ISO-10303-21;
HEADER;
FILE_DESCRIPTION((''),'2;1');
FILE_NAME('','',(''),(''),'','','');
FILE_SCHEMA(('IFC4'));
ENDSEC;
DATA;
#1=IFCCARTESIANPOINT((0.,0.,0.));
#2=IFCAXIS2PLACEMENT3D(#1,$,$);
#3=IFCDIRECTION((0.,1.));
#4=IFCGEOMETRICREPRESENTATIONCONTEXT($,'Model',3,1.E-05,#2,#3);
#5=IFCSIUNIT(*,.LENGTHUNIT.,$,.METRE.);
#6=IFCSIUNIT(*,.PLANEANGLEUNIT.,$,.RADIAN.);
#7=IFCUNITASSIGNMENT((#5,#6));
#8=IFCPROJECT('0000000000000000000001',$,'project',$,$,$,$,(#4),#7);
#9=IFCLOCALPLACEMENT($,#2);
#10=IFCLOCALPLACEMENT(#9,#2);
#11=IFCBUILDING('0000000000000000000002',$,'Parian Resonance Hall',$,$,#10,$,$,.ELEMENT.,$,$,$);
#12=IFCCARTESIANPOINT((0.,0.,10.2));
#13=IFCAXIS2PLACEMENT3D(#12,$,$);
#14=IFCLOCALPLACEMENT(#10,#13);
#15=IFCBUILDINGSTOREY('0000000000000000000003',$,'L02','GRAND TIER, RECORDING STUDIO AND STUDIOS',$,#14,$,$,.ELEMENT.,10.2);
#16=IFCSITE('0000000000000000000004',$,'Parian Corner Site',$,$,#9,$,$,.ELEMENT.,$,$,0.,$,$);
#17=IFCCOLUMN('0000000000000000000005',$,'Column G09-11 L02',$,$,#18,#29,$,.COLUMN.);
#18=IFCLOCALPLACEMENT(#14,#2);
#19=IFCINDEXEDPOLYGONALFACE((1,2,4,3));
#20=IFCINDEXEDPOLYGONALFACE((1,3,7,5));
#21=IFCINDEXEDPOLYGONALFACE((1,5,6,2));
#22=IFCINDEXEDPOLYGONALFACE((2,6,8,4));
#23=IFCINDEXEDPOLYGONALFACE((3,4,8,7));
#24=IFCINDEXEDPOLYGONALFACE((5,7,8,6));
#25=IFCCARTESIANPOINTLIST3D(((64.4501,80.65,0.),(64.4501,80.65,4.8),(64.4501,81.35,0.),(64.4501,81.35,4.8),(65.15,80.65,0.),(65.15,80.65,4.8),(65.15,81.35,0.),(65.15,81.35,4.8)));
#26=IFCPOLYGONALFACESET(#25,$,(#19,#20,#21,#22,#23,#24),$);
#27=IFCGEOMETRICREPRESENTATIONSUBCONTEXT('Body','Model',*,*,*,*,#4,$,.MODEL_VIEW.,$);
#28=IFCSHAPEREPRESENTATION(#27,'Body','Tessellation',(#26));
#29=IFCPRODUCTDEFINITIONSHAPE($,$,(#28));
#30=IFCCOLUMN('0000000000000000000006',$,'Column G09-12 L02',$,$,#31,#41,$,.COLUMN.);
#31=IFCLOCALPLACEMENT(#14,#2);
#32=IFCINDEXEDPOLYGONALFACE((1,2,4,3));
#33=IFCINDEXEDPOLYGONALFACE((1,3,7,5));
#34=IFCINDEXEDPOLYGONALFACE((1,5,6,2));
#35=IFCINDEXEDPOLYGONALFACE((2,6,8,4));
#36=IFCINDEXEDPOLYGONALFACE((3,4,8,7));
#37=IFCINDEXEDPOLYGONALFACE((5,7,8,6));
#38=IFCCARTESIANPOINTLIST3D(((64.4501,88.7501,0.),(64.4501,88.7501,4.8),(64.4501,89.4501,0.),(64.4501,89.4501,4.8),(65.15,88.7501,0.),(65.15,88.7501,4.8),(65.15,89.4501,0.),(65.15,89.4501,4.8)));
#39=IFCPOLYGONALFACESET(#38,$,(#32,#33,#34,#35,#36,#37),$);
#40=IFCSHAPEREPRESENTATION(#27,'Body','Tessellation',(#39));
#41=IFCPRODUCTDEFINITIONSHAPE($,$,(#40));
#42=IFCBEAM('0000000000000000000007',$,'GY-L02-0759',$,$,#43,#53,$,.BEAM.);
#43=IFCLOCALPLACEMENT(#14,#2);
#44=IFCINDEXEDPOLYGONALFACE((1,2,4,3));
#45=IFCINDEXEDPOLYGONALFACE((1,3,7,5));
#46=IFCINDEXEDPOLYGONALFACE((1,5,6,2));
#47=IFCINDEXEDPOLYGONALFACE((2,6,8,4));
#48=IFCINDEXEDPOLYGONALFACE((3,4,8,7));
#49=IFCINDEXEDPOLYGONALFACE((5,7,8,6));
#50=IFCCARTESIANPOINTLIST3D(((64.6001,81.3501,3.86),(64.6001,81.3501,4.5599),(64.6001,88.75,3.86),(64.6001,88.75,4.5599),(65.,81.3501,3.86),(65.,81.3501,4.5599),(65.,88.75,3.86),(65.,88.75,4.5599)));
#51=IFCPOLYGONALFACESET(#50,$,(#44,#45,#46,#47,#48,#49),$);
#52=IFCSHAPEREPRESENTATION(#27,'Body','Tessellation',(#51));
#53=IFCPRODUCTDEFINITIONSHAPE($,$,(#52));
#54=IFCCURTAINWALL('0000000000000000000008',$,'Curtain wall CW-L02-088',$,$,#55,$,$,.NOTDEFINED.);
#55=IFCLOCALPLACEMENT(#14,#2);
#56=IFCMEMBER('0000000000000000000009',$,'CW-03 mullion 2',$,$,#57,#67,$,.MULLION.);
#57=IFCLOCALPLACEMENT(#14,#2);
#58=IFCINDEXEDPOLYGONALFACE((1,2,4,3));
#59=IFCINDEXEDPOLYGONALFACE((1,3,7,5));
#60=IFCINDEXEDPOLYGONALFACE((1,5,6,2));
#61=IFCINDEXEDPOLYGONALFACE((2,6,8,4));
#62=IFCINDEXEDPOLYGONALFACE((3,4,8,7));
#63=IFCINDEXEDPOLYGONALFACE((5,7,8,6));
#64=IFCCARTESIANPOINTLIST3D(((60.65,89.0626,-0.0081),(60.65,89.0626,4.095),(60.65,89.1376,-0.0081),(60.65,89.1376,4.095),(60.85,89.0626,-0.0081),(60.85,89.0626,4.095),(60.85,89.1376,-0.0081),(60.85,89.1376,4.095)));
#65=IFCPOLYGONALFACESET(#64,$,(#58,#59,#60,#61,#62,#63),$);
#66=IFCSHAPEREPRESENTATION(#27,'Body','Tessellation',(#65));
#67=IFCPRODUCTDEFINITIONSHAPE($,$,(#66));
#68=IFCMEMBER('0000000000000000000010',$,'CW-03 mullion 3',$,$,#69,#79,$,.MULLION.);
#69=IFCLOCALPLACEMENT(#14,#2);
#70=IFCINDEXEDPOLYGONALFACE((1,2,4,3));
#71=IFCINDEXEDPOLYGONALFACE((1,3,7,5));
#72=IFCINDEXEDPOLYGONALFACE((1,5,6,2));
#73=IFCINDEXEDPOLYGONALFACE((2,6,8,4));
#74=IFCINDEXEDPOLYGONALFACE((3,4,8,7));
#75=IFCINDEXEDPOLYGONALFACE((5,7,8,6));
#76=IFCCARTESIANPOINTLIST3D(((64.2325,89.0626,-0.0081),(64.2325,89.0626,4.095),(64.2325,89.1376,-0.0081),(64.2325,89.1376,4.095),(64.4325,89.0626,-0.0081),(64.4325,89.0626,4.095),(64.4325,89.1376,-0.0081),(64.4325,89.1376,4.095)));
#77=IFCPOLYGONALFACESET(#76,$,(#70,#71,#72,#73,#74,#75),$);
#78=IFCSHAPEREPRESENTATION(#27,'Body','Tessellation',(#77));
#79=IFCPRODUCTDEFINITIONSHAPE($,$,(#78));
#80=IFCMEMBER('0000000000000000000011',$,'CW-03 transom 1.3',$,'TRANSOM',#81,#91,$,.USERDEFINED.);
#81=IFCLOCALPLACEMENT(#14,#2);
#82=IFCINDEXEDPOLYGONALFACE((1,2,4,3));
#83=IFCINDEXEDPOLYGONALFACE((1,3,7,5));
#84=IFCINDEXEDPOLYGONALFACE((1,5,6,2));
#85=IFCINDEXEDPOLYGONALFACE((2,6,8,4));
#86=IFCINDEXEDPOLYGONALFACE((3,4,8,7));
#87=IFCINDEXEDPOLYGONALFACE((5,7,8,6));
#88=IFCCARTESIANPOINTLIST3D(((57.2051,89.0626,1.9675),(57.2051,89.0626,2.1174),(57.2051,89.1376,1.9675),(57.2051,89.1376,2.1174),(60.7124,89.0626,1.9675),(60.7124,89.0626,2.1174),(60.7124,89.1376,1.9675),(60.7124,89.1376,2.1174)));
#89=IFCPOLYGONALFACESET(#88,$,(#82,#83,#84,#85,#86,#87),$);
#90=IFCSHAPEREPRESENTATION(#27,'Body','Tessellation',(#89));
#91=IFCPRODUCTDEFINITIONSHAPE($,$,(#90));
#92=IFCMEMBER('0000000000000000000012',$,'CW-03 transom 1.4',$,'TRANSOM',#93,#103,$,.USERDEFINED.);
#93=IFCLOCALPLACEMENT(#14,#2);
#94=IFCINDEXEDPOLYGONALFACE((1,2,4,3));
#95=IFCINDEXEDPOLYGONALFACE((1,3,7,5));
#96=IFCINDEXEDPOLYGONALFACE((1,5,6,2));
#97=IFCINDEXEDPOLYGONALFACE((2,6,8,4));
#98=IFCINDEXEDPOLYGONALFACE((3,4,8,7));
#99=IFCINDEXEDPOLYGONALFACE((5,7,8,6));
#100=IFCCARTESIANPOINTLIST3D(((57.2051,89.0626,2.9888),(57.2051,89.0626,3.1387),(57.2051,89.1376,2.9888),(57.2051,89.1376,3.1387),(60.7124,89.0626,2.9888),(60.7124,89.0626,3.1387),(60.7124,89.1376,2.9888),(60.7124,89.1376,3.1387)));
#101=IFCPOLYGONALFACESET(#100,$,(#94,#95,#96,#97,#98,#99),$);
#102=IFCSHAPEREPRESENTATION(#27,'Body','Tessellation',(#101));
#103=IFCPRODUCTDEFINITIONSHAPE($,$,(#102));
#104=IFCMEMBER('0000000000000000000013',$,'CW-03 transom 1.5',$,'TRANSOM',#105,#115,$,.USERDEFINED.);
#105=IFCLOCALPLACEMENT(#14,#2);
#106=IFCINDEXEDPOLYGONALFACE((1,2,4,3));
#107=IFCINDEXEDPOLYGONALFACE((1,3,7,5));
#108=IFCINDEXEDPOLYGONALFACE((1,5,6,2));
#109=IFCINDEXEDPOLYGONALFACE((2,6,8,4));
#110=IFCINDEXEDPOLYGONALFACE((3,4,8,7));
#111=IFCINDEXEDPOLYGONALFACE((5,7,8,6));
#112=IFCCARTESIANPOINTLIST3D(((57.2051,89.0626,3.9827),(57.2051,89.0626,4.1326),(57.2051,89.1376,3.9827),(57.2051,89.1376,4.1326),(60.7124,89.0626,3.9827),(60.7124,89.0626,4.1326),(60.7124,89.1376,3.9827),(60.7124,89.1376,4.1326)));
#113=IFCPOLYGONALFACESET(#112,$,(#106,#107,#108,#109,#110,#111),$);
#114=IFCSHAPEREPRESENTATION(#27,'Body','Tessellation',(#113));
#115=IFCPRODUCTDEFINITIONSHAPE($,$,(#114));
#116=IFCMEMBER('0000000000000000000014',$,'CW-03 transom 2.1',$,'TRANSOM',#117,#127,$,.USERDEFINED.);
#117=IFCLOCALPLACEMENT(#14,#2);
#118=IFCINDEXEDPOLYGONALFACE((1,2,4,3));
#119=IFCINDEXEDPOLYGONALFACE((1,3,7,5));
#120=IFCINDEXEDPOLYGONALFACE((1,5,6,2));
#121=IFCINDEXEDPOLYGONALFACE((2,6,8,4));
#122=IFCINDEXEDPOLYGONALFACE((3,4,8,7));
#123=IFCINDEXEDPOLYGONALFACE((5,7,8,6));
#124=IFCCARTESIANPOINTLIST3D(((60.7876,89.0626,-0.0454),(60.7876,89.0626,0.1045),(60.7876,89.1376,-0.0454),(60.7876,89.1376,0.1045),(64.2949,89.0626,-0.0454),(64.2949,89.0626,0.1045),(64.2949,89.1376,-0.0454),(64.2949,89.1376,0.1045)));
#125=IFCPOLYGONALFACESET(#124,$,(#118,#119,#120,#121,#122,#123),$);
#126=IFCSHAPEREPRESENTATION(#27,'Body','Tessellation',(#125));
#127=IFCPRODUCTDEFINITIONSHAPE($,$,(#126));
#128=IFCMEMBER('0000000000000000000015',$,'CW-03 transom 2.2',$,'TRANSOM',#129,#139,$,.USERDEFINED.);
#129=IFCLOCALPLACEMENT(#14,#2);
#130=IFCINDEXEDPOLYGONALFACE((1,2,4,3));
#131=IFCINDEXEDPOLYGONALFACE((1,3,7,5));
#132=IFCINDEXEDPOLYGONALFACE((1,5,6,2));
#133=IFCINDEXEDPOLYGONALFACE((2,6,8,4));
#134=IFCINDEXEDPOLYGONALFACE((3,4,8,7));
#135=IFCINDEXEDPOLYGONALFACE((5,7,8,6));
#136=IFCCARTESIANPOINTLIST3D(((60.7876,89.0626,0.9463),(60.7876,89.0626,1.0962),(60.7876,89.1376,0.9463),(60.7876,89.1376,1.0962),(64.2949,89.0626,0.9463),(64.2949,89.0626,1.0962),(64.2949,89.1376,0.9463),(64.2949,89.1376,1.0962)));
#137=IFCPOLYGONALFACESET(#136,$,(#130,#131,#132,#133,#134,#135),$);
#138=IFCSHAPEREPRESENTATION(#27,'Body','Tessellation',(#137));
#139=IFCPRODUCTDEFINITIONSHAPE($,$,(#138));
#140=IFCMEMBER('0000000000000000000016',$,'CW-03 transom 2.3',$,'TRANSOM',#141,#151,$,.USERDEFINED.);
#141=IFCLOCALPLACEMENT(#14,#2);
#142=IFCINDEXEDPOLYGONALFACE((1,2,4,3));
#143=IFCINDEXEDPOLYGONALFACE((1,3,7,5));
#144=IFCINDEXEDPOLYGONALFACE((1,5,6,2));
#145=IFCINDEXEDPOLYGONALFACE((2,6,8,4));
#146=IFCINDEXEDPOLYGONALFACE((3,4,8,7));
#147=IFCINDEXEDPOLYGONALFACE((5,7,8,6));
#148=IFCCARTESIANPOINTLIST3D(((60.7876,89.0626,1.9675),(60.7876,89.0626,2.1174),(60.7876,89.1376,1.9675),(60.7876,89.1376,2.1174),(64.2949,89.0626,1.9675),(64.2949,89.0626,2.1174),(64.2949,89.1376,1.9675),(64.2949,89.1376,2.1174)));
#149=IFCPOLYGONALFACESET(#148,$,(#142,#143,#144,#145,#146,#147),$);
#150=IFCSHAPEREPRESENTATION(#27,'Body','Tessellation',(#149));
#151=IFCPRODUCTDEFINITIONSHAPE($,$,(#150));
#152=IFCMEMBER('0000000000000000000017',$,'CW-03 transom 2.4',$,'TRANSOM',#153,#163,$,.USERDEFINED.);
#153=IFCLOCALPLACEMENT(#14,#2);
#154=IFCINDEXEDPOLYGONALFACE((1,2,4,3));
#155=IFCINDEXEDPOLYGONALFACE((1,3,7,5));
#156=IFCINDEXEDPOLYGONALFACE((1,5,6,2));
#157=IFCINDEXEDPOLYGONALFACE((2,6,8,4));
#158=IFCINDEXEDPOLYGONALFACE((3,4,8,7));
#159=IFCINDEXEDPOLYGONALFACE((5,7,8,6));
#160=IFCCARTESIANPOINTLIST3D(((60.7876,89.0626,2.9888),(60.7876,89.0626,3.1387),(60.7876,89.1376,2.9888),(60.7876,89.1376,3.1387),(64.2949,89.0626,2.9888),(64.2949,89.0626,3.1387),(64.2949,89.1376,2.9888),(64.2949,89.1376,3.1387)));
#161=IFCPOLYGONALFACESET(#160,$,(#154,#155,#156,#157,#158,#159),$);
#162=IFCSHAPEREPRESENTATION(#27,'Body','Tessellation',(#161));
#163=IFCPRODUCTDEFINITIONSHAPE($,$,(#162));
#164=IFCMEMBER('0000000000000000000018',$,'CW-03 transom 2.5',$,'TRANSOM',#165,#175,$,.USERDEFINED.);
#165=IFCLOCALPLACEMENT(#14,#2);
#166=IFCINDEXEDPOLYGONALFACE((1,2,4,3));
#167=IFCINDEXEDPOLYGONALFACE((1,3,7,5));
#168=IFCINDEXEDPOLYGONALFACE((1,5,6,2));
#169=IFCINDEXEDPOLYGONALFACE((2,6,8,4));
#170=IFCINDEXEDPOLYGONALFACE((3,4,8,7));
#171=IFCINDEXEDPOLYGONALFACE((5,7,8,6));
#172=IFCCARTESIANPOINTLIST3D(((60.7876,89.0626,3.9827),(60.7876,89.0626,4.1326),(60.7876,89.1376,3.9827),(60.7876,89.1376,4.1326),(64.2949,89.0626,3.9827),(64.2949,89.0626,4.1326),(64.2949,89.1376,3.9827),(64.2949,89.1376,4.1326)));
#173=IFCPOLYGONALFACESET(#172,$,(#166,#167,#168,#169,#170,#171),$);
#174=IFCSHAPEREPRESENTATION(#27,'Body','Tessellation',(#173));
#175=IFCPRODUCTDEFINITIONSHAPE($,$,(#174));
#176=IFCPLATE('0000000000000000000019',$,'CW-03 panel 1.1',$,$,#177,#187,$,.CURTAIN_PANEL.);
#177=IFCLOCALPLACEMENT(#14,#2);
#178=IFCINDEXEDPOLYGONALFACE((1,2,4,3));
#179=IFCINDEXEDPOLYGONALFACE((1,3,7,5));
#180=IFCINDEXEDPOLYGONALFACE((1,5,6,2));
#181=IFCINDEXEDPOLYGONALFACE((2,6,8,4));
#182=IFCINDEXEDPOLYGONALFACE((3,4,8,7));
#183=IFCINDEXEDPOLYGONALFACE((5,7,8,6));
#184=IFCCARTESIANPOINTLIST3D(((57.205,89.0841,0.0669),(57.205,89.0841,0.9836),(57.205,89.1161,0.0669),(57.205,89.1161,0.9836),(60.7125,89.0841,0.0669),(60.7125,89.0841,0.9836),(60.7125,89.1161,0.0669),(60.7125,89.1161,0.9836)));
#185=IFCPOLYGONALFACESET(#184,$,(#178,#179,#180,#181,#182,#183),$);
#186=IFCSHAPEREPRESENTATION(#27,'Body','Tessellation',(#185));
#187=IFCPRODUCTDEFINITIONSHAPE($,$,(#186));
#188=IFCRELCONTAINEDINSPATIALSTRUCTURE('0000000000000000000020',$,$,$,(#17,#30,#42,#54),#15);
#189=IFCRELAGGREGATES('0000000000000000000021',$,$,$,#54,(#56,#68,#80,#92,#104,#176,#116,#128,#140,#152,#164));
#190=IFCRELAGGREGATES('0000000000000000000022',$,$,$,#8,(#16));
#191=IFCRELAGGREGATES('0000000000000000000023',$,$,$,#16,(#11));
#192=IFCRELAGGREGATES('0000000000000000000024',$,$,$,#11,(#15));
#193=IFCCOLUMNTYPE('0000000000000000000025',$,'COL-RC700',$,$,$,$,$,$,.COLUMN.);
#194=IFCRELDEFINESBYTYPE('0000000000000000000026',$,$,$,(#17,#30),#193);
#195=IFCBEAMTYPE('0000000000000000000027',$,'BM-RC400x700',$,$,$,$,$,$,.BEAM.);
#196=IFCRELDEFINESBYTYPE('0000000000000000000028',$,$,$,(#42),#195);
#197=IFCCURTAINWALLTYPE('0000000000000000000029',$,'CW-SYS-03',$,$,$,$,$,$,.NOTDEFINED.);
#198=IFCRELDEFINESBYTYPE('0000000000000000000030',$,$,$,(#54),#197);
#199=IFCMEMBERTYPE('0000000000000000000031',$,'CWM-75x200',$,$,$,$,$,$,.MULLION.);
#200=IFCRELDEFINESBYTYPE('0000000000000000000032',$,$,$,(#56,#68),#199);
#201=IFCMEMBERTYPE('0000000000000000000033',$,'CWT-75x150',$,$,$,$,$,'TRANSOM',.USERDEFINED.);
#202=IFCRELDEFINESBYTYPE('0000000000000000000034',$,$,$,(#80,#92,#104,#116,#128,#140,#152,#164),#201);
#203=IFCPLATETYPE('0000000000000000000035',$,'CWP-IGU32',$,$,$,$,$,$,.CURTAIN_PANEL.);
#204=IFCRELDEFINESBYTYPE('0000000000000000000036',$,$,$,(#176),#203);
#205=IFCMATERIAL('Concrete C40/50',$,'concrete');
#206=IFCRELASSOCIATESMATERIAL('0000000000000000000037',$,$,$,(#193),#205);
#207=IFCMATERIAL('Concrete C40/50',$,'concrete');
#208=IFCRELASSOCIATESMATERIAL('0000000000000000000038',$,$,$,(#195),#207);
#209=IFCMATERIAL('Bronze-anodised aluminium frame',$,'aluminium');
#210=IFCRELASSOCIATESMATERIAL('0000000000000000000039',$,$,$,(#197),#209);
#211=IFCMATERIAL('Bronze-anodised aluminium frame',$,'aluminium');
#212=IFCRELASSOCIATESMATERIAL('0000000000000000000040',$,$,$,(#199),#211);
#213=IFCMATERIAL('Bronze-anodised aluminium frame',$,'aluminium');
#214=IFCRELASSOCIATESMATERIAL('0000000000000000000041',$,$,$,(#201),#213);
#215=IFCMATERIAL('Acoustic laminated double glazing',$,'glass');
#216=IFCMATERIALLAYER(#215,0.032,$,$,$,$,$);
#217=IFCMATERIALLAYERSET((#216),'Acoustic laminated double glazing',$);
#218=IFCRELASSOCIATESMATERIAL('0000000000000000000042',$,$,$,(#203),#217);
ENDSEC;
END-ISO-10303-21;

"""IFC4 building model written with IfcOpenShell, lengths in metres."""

from ifc_helpers import new_model, si_unit, direction, frame, origin, origin_2d, place, context, subcontext, project, spatial, rectangle, extrude, material, layer, layer_set, material_profile, profile_set, type_object, element, aggregate, save


model = new_model("IFC4")

# Units and contexts
model_context = context("Model", 3, precision=1e-05, world=origin(), true_north=direction((0.0, 1.0)))
body_context = subcontext(model_context, "Body", "Model", "MODEL_VIEW")
ifc_project = project(units=[si_unit("LENGTHUNIT", "METRE"), si_unit("PLANEANGLEUNIT", "RADIAN")], contexts=[model_context])

# Site, building, storey
site_placement = place(None, origin())
site = spatial("IfcSite", under=ifc_project, at=site_placement, Name="Parian Corner Site", CompositionType="ELEMENT", RefElevation=0.0)
building_placement = place(site_placement, origin())
building = spatial("IfcBuilding", under=site, at=building_placement, Name="Parian Resonance Hall", CompositionType="ELEMENT")
storey_placement = place(building_placement, frame((0.0, 0.0, 10.2)))
storey = spatial("IfcBuildingStorey", under=building, at=storey_placement, Name="L02", Description="GRAND TIER, RECORDING STUDIO AND STUDIOS", CompositionType="ELEMENT", Elevation=10.2)

# Columns
ifc_material_1 = material(Name="Concrete C40/50", Category="concrete")
ifc_material_profile_1 = material_profile(ifc_material_1, rectangle(XDim=0.7, YDim=0.7, at=origin_2d()), Name="RC-COL-700x700")
ifc_profile_set_1 = profile_set([ifc_material_profile_1], Name="Concrete C40/50")
column_type = type_object("IfcColumnType", Name="COL-RC700", PredefinedType="COLUMN", material=ifc_profile_set_1)
for number, where, z_axis, x_axis, name in (
    (1, (64.8, 81.0, 0.0), (0.0, 0.0, 1.0), (1.0, 0.0, 0.0), "Column G09-11 L02"),
    (2, (64.8, 89.1001, 0.0), (0.0, 0.0, 1.0), (1.0, 0.0, 0.0), "Column G09-12 L02"),
):
    element("IfcColumn", number, at=place(storey_placement, frame(where, z_axis=z_axis, x_axis=x_axis)), inside=storey, type_object=column_type, Name=name, PredefinedType="COLUMN", context=body_context, shape_type="SweptSolid", body=[
        extrude(rectangle(XDim=0.7, YDim=0.7, at=origin_2d()), origin(), (0.0, 0.0, 1.0), 4.8),
    ])

# Beam
ifc_material_2 = material(Name="Concrete C40/50", Category="concrete")
ifc_material_profile_2 = material_profile(ifc_material_2, rectangle(XDim=0.3999, YDim=0.7, at=origin_2d()), Name="RC-BM-400x700")
ifc_profile_set_2 = profile_set([ifc_material_profile_2], Name="Concrete C40/50")
beam_type = type_object("IfcBeamType", Name="BM-RC400x700", PredefinedType="BEAM", material=ifc_profile_set_2)
beam_placement = place(storey_placement, frame((64.8, 81.3501, 4.21), z_axis=(0.0, 1.0, 0.0), x_axis=(-1.0, 0.0, 0.0)))
element("IfcBeam", 3, at=beam_placement, inside=storey, type_object=beam_type, Name="GY-L02-0759", PredefinedType="BEAM", context=body_context, shape_type="SweptSolid", body=[
    extrude(rectangle(XDim=0.3999, YDim=0.7, at=origin_2d()), origin(), (0.0, 0.0, 1.0), 7.3999),
])

# Curtain wall, members, plate
ifc_material_3 = material(Name="Bronze-anodised aluminium frame", Category="aluminium")
curtain_wall_type = type_object("IfcCurtainWallType", Name="CW-SYS-03", PredefinedType="NOTDEFINED", material=ifc_material_3)
curtain_wall_placement = place(storey_placement, origin())
curtain_wall = element("IfcCurtainWall", 4, at=curtain_wall_placement, inside=storey, type_object=curtain_wall_type, Name="Curtain wall CW-L02-088", PredefinedType="NOTDEFINED")
ifc_material_4 = material(Name="Bronze-anodised aluminium frame", Category="aluminium")
ifc_material_profile_3 = material_profile(ifc_material_4, rectangle(XDim=0.075, YDim=0.2, at=origin_2d()), Name="CWM-75x200")
ifc_profile_set_3 = profile_set([ifc_material_profile_3], Name="Bronze-anodised aluminium frame")
member_type_1 = type_object("IfcMemberType", Name="CWM-75x200", PredefinedType="MULLION", material=ifc_profile_set_3)
member_1_placement = place(storey_placement, frame((60.75, 89.1001, -0.0081), z_axis=(0.0, 0.0, 1.0), x_axis=(0.0, 1.0, 0.0)))
member_1 = element("IfcMember", 5, at=member_1_placement, type_object=member_type_1, Name="CW-03 mullion 2", PredefinedType="MULLION", context=body_context, shape_type="SweptSolid", body=[
    extrude(rectangle(XDim=0.075, YDim=0.2, at=origin_2d()), origin(), (0.0, 0.0, 1.0), 4.103),
])
member_2_placement = place(storey_placement, frame((64.3325, 89.1001, -0.0081), z_axis=(0.0, 0.0, 1.0), x_axis=(0.0, 1.0, 0.0)))
member_2 = element("IfcMember", 6, at=member_2_placement, type_object=member_type_1, Name="CW-03 mullion 3", PredefinedType="MULLION", context=body_context, shape_type="SweptSolid", body=[
    extrude(rectangle(XDim=0.075, YDim=0.2, at=origin_2d()), origin(), (0.0, 0.0, 1.0), 4.103),
])
ifc_material_5 = material(Name="Bronze-anodised aluminium frame", Category="aluminium")
ifc_material_profile_4 = material_profile(ifc_material_5, rectangle(XDim=0.075, YDim=0.1499, at=origin_2d()), Name="CWT-75x150")
ifc_profile_set_4 = profile_set([ifc_material_profile_4], Name="Bronze-anodised aluminium frame")
member_type_2 = type_object("IfcMemberType", Name="CWT-75x150", ElementType="TRANSOM", PredefinedType="USERDEFINED", material=ifc_profile_set_4)
member_3_placement = place(storey_placement, frame((57.2051, 89.1001, 2.0425), z_axis=(1.0, 0.0, 0.0), x_axis=(0.0, 1.0, 0.0)))
member_3 = element("IfcMember", 7, at=member_3_placement, type_object=member_type_2, Name="CW-03 transom 1.3", ObjectType="TRANSOM", PredefinedType="USERDEFINED", context=body_context, shape_type="SweptSolid", body=[
    extrude(rectangle(XDim=0.075, YDim=0.1499, at=origin_2d()), origin(), (0.0, 0.0, 1.0), 3.5073),
])
member_4_placement = place(storey_placement, frame((57.2051, 89.1001, 3.0637), z_axis=(1.0, 0.0, 0.0), x_axis=(0.0, 1.0, 0.0)))
member_4 = element("IfcMember", 8, at=member_4_placement, type_object=member_type_2, Name="CW-03 transom 1.4", ObjectType="TRANSOM", PredefinedType="USERDEFINED", context=body_context, shape_type="SweptSolid", body=[
    extrude(rectangle(XDim=0.075, YDim=0.1499, at=origin_2d()), origin(), (0.0, 0.0, 1.0), 3.5073),
])
member_5_placement = place(storey_placement, frame((57.2051, 89.1001, 4.0576), z_axis=(1.0, 0.0, 0.0), x_axis=(0.0, 1.0, 0.0)))
member_5 = element("IfcMember", 9, at=member_5_placement, type_object=member_type_2, Name="CW-03 transom 1.5", ObjectType="TRANSOM", PredefinedType="USERDEFINED", context=body_context, shape_type="SweptSolid", body=[
    extrude(rectangle(XDim=0.075, YDim=0.1499, at=origin_2d()), origin(), (0.0, 0.0, 1.0), 3.5073),
])
member_6_placement = place(storey_placement, frame((60.7876, 89.1001, 0.0295), z_axis=(1.0, 0.0, 0.0), x_axis=(0.0, 1.0, 0.0)))
member_6 = element("IfcMember", 10, at=member_6_placement, type_object=member_type_2, Name="CW-03 transom 2.1", ObjectType="TRANSOM", PredefinedType="USERDEFINED", context=body_context, shape_type="SweptSolid", body=[
    extrude(rectangle(XDim=0.075, YDim=0.1499, at=origin_2d()), origin(), (0.0, 0.0, 1.0), 3.5073),
])
member_7_placement = place(storey_placement, frame((60.7876, 89.1001, 1.0212), z_axis=(1.0, 0.0, 0.0), x_axis=(0.0, 1.0, 0.0)))
member_7 = element("IfcMember", 11, at=member_7_placement, type_object=member_type_2, Name="CW-03 transom 2.2", ObjectType="TRANSOM", PredefinedType="USERDEFINED", context=body_context, shape_type="SweptSolid", body=[
    extrude(rectangle(XDim=0.075, YDim=0.1499, at=origin_2d()), origin(), (0.0, 0.0, 1.0), 3.5073),
])
member_8_placement = place(storey_placement, frame((60.7876, 89.1001, 2.0425), z_axis=(1.0, 0.0, 0.0), x_axis=(0.0, 1.0, 0.0)))
member_8 = element("IfcMember", 12, at=member_8_placement, type_object=member_type_2, Name="CW-03 transom 2.3", ObjectType="TRANSOM", PredefinedType="USERDEFINED", context=body_context, shape_type="SweptSolid", body=[
    extrude(rectangle(XDim=0.075, YDim=0.1499, at=origin_2d()), origin(), (0.0, 0.0, 1.0), 3.5073),
])
member_9_placement = place(storey_placement, frame((60.7876, 89.1001, 3.0637), z_axis=(1.0, 0.0, 0.0), x_axis=(0.0, 1.0, 0.0)))
member_9 = element("IfcMember", 13, at=member_9_placement, type_object=member_type_2, Name="CW-03 transom 2.4", ObjectType="TRANSOM", PredefinedType="USERDEFINED", context=body_context, shape_type="SweptSolid", body=[
    extrude(rectangle(XDim=0.075, YDim=0.1499, at=origin_2d()), origin(), (0.0, 0.0, 1.0), 3.5073),
])
member_10_placement = place(storey_placement, frame((60.7876, 89.1001, 4.0576), z_axis=(1.0, 0.0, 0.0), x_axis=(0.0, 1.0, 0.0)))
member_10 = element("IfcMember", 14, at=member_10_placement, type_object=member_type_2, Name="CW-03 transom 2.5", ObjectType="TRANSOM", PredefinedType="USERDEFINED", context=body_context, shape_type="SweptSolid", body=[
    extrude(rectangle(XDim=0.075, YDim=0.1499, at=origin_2d()), origin(), (0.0, 0.0, 1.0), 3.5073),
])
ifc_material_6 = material(Name="Acoustic laminated double glazing", Category="glass")
ifc_layer_1 = layer(ifc_material_6, 0.032)
ifc_layer_set_1 = layer_set([ifc_layer_1], Name="Acoustic laminated double glazing")
plate_type = type_object("IfcPlateType", Name="CWP-IGU32", PredefinedType="CURTAIN_PANEL", material=ifc_layer_set_1)
plate_1_placement = place(storey_placement, frame((58.9587, 89.1001, 0.0669), z_axis=(0.0, 0.0, 1.0), x_axis=(1.0, 0.0, 0.0)))
plate_1 = element("IfcPlate", 15, at=plate_1_placement, type_object=plate_type, Name="CW-03 panel 1.1", PredefinedType="CURTAIN_PANEL", context=body_context, shape_type="SweptSolid", body=[
    extrude(rectangle(XDim=3.5076, YDim=0.032, at=origin_2d()), origin(), (0.0, 0.0, 1.0), 0.9167),
])
aggregate(curtain_wall, [member_1, member_2, member_3, member_4, member_5, plate_1, member_6, member_7, member_8, member_9, member_10])

save(model, "model.ifc")
